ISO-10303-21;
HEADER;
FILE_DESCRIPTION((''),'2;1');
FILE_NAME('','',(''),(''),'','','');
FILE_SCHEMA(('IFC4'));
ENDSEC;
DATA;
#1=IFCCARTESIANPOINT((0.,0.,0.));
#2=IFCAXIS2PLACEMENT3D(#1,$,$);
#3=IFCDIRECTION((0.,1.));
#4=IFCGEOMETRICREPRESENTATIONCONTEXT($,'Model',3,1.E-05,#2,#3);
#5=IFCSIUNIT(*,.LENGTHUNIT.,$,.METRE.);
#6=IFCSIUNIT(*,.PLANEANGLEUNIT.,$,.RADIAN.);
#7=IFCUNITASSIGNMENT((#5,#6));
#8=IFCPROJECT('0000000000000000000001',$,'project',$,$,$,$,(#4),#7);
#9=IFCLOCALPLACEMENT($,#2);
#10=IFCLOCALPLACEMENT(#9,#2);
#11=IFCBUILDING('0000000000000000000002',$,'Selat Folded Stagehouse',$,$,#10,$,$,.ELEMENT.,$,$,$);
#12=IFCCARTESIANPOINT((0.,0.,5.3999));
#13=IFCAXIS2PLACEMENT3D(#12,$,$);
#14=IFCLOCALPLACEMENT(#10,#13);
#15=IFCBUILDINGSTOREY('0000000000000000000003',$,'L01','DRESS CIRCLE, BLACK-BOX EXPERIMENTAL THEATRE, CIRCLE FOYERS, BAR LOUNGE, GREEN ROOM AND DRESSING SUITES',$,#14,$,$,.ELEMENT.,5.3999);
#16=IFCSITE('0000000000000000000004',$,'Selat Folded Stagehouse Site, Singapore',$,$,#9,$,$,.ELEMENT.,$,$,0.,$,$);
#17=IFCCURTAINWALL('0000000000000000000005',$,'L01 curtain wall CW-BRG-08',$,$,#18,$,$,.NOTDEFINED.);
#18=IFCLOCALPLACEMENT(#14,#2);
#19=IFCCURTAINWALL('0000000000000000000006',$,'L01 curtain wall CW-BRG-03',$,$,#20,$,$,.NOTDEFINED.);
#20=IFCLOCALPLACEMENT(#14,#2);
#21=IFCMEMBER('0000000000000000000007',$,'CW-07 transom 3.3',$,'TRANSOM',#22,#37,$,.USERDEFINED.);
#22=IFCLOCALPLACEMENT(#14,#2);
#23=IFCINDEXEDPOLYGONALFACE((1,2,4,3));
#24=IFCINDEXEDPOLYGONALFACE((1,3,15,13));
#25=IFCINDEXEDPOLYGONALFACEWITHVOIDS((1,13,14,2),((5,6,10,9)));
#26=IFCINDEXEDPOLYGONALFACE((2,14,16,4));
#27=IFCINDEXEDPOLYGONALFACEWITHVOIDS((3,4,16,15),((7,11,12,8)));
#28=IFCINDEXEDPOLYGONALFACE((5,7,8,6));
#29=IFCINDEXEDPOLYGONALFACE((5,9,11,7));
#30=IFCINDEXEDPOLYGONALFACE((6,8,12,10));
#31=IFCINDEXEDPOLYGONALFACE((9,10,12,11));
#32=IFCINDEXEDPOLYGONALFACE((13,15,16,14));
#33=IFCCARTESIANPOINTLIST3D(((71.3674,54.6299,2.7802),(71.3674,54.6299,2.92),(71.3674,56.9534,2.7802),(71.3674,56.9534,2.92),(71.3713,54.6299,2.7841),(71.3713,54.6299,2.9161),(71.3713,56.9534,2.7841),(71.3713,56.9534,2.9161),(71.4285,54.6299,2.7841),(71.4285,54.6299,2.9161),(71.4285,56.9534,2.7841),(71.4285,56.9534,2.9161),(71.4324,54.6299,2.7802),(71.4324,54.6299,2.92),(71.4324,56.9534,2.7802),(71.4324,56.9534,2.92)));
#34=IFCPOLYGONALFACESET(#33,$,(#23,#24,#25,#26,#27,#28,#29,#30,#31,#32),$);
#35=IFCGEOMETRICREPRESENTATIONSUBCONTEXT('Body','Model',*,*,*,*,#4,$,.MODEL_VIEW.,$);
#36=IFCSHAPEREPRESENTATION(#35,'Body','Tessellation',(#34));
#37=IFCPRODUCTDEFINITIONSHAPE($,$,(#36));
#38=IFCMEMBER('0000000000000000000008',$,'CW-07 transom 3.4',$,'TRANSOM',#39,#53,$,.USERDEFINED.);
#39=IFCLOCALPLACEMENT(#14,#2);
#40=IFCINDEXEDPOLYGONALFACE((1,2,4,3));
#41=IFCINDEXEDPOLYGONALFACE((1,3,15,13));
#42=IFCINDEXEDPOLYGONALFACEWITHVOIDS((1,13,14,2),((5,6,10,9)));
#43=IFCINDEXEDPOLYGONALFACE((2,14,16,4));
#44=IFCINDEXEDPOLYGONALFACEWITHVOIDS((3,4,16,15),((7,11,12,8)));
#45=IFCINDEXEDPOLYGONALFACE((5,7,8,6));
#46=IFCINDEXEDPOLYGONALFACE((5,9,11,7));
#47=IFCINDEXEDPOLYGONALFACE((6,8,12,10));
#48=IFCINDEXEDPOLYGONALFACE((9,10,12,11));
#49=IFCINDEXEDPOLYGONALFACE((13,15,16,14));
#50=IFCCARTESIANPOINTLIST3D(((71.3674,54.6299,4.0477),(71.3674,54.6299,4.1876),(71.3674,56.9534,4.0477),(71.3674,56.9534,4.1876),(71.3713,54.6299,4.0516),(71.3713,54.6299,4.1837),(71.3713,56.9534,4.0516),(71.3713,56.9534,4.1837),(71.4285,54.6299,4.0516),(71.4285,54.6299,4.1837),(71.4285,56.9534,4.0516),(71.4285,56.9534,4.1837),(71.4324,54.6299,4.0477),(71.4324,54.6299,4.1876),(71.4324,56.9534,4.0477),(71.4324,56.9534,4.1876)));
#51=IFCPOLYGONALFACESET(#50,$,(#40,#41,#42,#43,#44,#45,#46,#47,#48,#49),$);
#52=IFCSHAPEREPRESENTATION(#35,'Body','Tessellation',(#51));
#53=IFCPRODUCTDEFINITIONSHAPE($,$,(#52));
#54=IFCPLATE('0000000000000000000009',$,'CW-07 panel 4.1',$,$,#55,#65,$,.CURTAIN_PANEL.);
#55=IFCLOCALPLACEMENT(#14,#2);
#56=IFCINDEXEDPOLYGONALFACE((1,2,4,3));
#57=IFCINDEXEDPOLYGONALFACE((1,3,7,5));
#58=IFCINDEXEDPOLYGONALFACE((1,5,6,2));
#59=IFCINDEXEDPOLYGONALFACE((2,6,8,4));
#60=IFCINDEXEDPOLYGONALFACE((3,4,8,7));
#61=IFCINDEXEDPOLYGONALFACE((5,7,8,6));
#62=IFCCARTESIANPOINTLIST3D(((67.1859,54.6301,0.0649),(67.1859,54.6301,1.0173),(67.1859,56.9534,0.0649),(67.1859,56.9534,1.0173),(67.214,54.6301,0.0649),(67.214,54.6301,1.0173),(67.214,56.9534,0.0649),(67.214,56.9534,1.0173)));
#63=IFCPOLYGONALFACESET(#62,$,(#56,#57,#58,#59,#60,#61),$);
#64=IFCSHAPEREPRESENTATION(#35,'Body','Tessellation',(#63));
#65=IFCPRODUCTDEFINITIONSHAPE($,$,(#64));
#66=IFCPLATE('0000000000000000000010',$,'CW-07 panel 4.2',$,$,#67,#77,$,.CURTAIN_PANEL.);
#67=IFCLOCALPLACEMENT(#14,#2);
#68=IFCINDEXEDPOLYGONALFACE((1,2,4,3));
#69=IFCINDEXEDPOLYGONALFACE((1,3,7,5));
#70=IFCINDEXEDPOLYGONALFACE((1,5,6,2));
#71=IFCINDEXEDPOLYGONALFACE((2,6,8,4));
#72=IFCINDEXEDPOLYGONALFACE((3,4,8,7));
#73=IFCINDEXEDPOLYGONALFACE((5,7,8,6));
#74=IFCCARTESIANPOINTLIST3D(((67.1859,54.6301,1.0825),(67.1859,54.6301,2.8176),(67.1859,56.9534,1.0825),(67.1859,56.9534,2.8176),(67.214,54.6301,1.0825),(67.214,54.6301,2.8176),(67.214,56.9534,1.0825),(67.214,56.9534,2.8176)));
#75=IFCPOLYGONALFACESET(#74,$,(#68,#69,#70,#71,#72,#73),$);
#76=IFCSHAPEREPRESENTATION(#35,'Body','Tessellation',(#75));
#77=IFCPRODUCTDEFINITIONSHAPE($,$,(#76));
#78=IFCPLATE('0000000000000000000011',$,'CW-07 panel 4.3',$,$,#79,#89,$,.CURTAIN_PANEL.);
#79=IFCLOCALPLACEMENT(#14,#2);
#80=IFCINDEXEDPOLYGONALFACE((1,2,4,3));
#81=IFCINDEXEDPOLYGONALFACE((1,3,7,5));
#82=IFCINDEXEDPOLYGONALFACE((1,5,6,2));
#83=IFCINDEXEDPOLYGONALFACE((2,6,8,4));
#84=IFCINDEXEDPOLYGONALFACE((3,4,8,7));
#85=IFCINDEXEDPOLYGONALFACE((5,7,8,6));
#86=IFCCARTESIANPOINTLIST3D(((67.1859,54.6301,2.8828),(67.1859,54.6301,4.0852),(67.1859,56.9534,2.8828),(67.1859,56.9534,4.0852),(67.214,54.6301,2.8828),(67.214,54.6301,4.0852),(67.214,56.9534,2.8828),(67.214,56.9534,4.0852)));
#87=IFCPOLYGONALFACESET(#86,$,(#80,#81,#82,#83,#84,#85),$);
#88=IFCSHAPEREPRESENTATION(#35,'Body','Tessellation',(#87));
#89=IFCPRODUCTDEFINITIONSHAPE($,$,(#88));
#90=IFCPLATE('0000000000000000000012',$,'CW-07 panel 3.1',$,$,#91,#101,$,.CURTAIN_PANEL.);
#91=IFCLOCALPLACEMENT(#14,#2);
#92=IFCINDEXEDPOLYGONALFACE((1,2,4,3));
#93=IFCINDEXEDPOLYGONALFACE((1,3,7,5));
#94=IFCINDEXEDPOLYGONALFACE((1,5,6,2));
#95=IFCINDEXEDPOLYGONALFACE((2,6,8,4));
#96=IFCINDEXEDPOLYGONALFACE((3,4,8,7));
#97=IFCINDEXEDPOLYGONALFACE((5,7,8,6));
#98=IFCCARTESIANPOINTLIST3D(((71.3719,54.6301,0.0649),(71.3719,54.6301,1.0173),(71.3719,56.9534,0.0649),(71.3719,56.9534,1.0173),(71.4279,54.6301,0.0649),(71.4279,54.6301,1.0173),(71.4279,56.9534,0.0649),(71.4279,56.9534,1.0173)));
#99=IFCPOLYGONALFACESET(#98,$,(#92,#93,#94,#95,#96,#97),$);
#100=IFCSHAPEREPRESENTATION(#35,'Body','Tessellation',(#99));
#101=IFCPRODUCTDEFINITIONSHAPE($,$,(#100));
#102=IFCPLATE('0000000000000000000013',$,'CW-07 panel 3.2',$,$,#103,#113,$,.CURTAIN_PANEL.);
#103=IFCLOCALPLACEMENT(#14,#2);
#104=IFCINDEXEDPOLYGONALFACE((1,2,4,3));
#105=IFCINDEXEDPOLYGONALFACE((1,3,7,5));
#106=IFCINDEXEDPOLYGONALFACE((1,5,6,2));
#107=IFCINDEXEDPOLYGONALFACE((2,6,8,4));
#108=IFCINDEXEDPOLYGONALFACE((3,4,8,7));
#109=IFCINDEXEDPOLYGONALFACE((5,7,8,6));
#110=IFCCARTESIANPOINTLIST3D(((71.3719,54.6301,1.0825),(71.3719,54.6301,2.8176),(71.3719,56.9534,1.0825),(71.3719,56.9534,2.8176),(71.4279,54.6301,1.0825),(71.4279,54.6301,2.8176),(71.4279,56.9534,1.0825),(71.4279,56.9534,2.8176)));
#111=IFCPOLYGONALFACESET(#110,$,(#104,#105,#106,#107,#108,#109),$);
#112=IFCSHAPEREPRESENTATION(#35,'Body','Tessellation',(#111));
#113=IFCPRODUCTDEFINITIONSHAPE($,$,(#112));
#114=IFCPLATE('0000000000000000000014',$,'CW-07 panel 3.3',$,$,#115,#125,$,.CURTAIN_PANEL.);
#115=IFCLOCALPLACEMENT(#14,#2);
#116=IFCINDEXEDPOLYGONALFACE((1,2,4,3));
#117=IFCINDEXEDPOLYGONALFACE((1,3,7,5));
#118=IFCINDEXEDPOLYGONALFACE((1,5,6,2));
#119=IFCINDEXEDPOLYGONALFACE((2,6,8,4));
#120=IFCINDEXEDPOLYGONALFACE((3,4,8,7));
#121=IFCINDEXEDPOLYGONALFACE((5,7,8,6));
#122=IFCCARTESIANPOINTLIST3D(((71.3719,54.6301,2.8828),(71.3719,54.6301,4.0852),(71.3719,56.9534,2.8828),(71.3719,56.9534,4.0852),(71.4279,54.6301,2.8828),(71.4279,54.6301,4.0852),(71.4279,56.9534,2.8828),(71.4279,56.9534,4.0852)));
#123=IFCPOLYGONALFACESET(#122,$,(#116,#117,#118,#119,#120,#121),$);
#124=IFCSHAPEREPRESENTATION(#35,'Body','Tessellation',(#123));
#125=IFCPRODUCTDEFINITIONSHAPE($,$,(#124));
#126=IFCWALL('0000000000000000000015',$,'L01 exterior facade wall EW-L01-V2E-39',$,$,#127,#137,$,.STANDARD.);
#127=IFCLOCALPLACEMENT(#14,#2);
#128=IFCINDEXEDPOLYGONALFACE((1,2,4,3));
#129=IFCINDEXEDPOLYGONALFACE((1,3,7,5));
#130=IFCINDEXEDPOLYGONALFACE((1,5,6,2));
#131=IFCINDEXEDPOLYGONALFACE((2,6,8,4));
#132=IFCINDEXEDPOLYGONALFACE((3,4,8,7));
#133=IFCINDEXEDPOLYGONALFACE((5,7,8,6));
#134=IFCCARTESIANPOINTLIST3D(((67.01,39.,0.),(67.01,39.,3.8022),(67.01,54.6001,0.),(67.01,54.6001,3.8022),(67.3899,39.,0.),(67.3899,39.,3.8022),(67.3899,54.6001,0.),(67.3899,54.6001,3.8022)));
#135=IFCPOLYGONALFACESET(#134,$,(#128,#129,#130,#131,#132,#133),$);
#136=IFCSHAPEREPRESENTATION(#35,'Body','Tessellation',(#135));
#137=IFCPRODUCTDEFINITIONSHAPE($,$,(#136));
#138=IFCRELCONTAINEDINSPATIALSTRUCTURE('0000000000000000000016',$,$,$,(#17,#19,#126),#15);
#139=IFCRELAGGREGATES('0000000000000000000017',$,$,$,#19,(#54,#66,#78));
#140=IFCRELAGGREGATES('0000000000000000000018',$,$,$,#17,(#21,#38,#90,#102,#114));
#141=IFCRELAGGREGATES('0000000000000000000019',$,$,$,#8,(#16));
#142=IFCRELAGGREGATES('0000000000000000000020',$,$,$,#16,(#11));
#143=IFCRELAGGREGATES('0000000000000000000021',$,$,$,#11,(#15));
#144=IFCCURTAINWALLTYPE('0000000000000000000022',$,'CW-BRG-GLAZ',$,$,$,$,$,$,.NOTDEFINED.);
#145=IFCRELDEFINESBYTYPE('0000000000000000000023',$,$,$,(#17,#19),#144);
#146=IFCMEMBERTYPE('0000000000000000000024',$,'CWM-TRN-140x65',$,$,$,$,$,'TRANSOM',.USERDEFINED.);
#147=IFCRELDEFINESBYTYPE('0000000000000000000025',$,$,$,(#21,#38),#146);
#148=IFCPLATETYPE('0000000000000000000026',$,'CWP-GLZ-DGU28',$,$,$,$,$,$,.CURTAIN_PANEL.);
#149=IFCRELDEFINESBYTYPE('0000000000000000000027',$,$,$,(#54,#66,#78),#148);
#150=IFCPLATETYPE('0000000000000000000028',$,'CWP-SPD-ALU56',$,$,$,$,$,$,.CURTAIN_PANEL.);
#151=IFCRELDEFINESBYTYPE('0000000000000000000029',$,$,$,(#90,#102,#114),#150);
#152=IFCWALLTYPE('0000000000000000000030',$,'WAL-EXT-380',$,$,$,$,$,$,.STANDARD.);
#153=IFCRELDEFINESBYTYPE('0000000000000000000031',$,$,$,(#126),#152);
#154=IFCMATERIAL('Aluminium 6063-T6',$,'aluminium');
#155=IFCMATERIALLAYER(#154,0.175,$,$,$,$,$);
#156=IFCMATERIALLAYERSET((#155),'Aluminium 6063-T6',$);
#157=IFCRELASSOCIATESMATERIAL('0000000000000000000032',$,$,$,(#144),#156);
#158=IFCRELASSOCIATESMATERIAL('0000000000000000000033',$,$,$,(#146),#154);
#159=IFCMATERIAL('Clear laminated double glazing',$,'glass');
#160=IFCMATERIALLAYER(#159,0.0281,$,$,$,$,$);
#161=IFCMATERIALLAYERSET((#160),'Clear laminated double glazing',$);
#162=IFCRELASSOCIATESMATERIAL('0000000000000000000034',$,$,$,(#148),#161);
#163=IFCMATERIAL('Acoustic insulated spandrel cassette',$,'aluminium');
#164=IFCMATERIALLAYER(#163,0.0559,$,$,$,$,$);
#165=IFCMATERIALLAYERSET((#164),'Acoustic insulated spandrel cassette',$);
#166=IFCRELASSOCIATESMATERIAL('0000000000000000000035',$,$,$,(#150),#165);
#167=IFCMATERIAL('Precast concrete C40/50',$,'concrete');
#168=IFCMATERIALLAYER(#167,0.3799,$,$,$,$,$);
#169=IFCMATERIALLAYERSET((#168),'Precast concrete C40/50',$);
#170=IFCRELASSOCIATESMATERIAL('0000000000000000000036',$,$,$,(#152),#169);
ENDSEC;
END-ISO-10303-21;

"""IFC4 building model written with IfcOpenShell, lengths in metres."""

from ifc_helpers import new_model, si_unit, direction, frame, frame_2d, origin, origin_2d, place, context, subcontext, project, spatial, rectangle, hollow_rectangle, extrude, material, layer, layer_set, material_profile, profile_set, type_object, element, aggregate, save


model = new_model("IFC4")

# Units and contexts
model_context = context("Model", 3, precision=1e-05, world=origin(), true_north=direction((0.0, 1.0)))
body_context = subcontext(model_context, "Body", "Model", "MODEL_VIEW")
ifc_project = project(units=[si_unit("LENGTHUNIT", "METRE"), si_unit("PLANEANGLEUNIT", "RADIAN")], contexts=[model_context])

# Site, building, storey
site_placement = place(None, origin())
site = spatial("IfcSite", under=ifc_project, at=site_placement, Name="Selat Folded Stagehouse Site, Singapore", CompositionType="ELEMENT", RefElevation=0.0)
building_placement = place(site_placement, origin())
building = spatial("IfcBuilding", under=site, at=building_placement, Name="Selat Folded Stagehouse", CompositionType="ELEMENT")
storey_placement = place(building_placement, frame((0.0, 0.0, 5.3999)))
storey = spatial("IfcBuildingStorey", under=building, at=storey_placement, Name="L01", Description="DRESS CIRCLE, BLACK-BOX EXPERIMENTAL THEATRE, CIRCLE FOYERS, BAR LOUNGE, GREEN ROOM AND DRESSING SUITES", CompositionType="ELEMENT", Elevation=5.3999)

# Curtain walls
ifc_material_1 = material(Name="Aluminium 6063-T6", Category="aluminium")
ifc_layer_1 = layer(ifc_material_1, 0.175)
ifc_layer_set_1 = layer_set([ifc_layer_1], Name="Aluminium 6063-T6")
curtain_wall_type = type_object("IfcCurtainWallType", Name="CW-BRG-GLAZ", PredefinedType="NOTDEFINED", material=ifc_layer_set_1)
curtain_wall_1_placement = place(storey_placement, origin())
curtain_wall_1 = element("IfcCurtainWall", 1, at=curtain_wall_1_placement, inside=storey, type_object=curtain_wall_type, Name="L01 curtain wall CW-BRG-08", PredefinedType="NOTDEFINED")
curtain_wall_2_placement = place(storey_placement, origin())
curtain_wall_2 = element("IfcCurtainWall", 2, at=curtain_wall_2_placement, inside=storey, type_object=curtain_wall_type, Name="L01 curtain wall CW-BRG-03", PredefinedType="NOTDEFINED")
ifc_material_profile_1 = material_profile(ifc_material_1, hollow_rectangle(XDim=0.0649, YDim=0.1399, WallThickness=0.0039, at=origin_2d()), Name="ALU 140x65x4.0")
ifc_profile_set_1 = profile_set([ifc_material_profile_1], Name="Aluminium 6063-T6")
member_type_1 = type_object("IfcMemberType", Name="CWM-TRN-140x65", ElementType="TRANSOM", PredefinedType="USERDEFINED", material=ifc_profile_set_1)

# Members
member_1_placement = place(storey_placement, frame((71.3999, 56.9534, 2.8501), z_axis=(0.0, -1.0, 0.0), x_axis=(1.0, 0.0, 0.0)))
member_1 = element("IfcMember", 3, at=member_1_placement, type_object=member_type_1, Name="CW-07 transom 3.3", ObjectType="TRANSOM", PredefinedType="USERDEFINED", context=body_context, shape_type="SweptSolid", body=[
    extrude(hollow_rectangle(XDim=0.0649, YDim=0.1399, WallThickness=0.0039, at=origin_2d()), origin(), (0.0, 0.0, 1.0), 2.3235),
])
member_2_placement = place(storey_placement, frame((71.3999, 56.9534, 4.1177), z_axis=(0.0, -1.0, 0.0), x_axis=(1.0, 0.0, 0.0)))
member_2 = element("IfcMember", 4, at=member_2_placement, type_object=member_type_1, Name="CW-07 transom 3.4", ObjectType="TRANSOM", PredefinedType="USERDEFINED", context=body_context, shape_type="SweptSolid", body=[
    extrude(hollow_rectangle(XDim=0.0649, YDim=0.1399, WallThickness=0.0039, at=origin_2d()), origin(), (0.0, 0.0, 1.0), 2.3235),
])

# Plates
ifc_material_2 = material(Name="Clear laminated double glazing", Category="glass")
ifc_layer_2 = layer(ifc_material_2, 0.0281)
ifc_layer_set_2 = layer_set([ifc_layer_2], Name="Clear laminated double glazing")
plate_type_1 = type_object("IfcPlateType", Name="CWP-GLZ-DGU28", PredefinedType="CURTAIN_PANEL", material=ifc_layer_set_2)
plate_1_placement = place(storey_placement, frame((67.2, 55.7917, 0.0649), z_axis=(0.0, 0.0, 1.0), x_axis=(0.0, 1.0, 0.0)))
plate_1 = element("IfcPlate", 5, at=plate_1_placement, type_object=plate_type_1, Name="CW-07 panel 4.1", PredefinedType="CURTAIN_PANEL", context=body_context, shape_type="SweptSolid", body=[
    extrude(rectangle(XDim=2.3232, YDim=0.0281, at=origin_2d()), origin(), (0.0, 0.0, 1.0), 0.9524),
])
plate_2_placement = place(storey_placement, frame((67.2, 55.7917, 1.0825), z_axis=(0.0, 0.0, 1.0), x_axis=(0.0, 1.0, 0.0)))
plate_2 = element("IfcPlate", 6, at=plate_2_placement, type_object=plate_type_1, Name="CW-07 panel 4.2", PredefinedType="CURTAIN_PANEL", context=body_context, shape_type="SweptSolid", body=[
    extrude(rectangle(XDim=2.3232, YDim=0.0281, at=origin_2d()), origin(), (0.0, 0.0, 1.0), 1.7351),
])
plate_3_placement = place(storey_placement, frame((67.2, 55.7917, 2.8828), z_axis=(0.0, 0.0, 1.0), x_axis=(0.0, 1.0, 0.0)))
plate_3 = element("IfcPlate", 7, at=plate_3_placement, type_object=plate_type_1, Name="CW-07 panel 4.3", PredefinedType="CURTAIN_PANEL", context=body_context, shape_type="SweptSolid", body=[
    extrude(rectangle(XDim=2.3232, YDim=0.0281, at=origin_2d()), origin(), (0.0, 0.0, 1.0), 1.2024),
])
aggregate(curtain_wall_2, [plate_1, plate_2, plate_3])
ifc_material_3 = material(Name="Acoustic insulated spandrel cassette", Category="aluminium")
ifc_layer_3 = layer(ifc_material_3, 0.0559)
ifc_layer_set_3 = layer_set([ifc_layer_3], Name="Acoustic insulated spandrel cassette")
plate_type_2 = type_object("IfcPlateType", Name="CWP-SPD-ALU56", PredefinedType="CURTAIN_PANEL", material=ifc_layer_set_3)
plate_4_placement = place(storey_placement, frame((71.3999, 55.7917, 0.0649), z_axis=(0.0, 0.0, 1.0), x_axis=(0.0, -1.0, 0.0)))
plate_4 = element("IfcPlate", 8, at=plate_4_placement, type_object=plate_type_2, Name="CW-07 panel 3.1", PredefinedType="CURTAIN_PANEL", context=body_context, shape_type="SweptSolid", body=[
    extrude(rectangle(XDim=2.3232, YDim=0.0559, at=origin_2d()), origin(), (0.0, 0.0, 1.0), 0.9524),
])
plate_5_placement = place(storey_placement, frame((71.3999, 55.7917, 1.0825), z_axis=(0.0, 0.0, 1.0), x_axis=(0.0, -1.0, 0.0)))
plate_5 = element("IfcPlate", 9, at=plate_5_placement, type_object=plate_type_2, Name="CW-07 panel 3.2", PredefinedType="CURTAIN_PANEL", context=body_context, shape_type="SweptSolid", body=[
    extrude(rectangle(XDim=2.3232, YDim=0.0559, at=origin_2d()), origin(), (0.0, 0.0, 1.0), 1.7351),
])
plate_6_placement = place(storey_placement, frame((71.3999, 55.7917, 2.8828), z_axis=(0.0, 0.0, 1.0), x_axis=(0.0, -1.0, 0.0)))
plate_6 = element("IfcPlate", 10, at=plate_6_placement, type_object=plate_type_2, Name="CW-07 panel 3.3", PredefinedType="CURTAIN_PANEL", context=body_context, shape_type="SweptSolid", body=[
    extrude(rectangle(XDim=2.3232, YDim=0.0559, at=origin_2d()), origin(), (0.0, 0.0, 1.0), 1.2024),
])
aggregate(curtain_wall_1, [member_1, member_2, plate_4, plate_5, plate_6])

# Wall
ifc_material_4 = material(Name="Precast concrete C40/50", Category="concrete")
ifc_layer_4 = layer(ifc_material_4, 0.3799)
ifc_layer_set_4 = layer_set([ifc_layer_4], Name="Precast concrete C40/50")
wall_type = type_object("IfcWallType", Name="WAL-EXT-380", PredefinedType="STANDARD", material=ifc_layer_set_4)
wall_placement = place(storey_placement, frame((67.2, 54.6001, 0.0), z_axis=(0.0, 0.0, 1.0), x_axis=(0.0, -1.0, 0.0)))
element("IfcWall", 11, at=wall_placement, inside=storey, type_object=wall_type, Name="L01 exterior facade wall EW-L01-V2E-39", PredefinedType="STANDARD", context=body_context, shape_type="SweptSolid", body=[
    extrude(rectangle(XDim=15.6001, YDim=0.3799, at=frame_2d((7.8, 0.0))), origin(), (0.0, 0.0, 1.0), 3.8022),
])

save(model, "model.ifc")
